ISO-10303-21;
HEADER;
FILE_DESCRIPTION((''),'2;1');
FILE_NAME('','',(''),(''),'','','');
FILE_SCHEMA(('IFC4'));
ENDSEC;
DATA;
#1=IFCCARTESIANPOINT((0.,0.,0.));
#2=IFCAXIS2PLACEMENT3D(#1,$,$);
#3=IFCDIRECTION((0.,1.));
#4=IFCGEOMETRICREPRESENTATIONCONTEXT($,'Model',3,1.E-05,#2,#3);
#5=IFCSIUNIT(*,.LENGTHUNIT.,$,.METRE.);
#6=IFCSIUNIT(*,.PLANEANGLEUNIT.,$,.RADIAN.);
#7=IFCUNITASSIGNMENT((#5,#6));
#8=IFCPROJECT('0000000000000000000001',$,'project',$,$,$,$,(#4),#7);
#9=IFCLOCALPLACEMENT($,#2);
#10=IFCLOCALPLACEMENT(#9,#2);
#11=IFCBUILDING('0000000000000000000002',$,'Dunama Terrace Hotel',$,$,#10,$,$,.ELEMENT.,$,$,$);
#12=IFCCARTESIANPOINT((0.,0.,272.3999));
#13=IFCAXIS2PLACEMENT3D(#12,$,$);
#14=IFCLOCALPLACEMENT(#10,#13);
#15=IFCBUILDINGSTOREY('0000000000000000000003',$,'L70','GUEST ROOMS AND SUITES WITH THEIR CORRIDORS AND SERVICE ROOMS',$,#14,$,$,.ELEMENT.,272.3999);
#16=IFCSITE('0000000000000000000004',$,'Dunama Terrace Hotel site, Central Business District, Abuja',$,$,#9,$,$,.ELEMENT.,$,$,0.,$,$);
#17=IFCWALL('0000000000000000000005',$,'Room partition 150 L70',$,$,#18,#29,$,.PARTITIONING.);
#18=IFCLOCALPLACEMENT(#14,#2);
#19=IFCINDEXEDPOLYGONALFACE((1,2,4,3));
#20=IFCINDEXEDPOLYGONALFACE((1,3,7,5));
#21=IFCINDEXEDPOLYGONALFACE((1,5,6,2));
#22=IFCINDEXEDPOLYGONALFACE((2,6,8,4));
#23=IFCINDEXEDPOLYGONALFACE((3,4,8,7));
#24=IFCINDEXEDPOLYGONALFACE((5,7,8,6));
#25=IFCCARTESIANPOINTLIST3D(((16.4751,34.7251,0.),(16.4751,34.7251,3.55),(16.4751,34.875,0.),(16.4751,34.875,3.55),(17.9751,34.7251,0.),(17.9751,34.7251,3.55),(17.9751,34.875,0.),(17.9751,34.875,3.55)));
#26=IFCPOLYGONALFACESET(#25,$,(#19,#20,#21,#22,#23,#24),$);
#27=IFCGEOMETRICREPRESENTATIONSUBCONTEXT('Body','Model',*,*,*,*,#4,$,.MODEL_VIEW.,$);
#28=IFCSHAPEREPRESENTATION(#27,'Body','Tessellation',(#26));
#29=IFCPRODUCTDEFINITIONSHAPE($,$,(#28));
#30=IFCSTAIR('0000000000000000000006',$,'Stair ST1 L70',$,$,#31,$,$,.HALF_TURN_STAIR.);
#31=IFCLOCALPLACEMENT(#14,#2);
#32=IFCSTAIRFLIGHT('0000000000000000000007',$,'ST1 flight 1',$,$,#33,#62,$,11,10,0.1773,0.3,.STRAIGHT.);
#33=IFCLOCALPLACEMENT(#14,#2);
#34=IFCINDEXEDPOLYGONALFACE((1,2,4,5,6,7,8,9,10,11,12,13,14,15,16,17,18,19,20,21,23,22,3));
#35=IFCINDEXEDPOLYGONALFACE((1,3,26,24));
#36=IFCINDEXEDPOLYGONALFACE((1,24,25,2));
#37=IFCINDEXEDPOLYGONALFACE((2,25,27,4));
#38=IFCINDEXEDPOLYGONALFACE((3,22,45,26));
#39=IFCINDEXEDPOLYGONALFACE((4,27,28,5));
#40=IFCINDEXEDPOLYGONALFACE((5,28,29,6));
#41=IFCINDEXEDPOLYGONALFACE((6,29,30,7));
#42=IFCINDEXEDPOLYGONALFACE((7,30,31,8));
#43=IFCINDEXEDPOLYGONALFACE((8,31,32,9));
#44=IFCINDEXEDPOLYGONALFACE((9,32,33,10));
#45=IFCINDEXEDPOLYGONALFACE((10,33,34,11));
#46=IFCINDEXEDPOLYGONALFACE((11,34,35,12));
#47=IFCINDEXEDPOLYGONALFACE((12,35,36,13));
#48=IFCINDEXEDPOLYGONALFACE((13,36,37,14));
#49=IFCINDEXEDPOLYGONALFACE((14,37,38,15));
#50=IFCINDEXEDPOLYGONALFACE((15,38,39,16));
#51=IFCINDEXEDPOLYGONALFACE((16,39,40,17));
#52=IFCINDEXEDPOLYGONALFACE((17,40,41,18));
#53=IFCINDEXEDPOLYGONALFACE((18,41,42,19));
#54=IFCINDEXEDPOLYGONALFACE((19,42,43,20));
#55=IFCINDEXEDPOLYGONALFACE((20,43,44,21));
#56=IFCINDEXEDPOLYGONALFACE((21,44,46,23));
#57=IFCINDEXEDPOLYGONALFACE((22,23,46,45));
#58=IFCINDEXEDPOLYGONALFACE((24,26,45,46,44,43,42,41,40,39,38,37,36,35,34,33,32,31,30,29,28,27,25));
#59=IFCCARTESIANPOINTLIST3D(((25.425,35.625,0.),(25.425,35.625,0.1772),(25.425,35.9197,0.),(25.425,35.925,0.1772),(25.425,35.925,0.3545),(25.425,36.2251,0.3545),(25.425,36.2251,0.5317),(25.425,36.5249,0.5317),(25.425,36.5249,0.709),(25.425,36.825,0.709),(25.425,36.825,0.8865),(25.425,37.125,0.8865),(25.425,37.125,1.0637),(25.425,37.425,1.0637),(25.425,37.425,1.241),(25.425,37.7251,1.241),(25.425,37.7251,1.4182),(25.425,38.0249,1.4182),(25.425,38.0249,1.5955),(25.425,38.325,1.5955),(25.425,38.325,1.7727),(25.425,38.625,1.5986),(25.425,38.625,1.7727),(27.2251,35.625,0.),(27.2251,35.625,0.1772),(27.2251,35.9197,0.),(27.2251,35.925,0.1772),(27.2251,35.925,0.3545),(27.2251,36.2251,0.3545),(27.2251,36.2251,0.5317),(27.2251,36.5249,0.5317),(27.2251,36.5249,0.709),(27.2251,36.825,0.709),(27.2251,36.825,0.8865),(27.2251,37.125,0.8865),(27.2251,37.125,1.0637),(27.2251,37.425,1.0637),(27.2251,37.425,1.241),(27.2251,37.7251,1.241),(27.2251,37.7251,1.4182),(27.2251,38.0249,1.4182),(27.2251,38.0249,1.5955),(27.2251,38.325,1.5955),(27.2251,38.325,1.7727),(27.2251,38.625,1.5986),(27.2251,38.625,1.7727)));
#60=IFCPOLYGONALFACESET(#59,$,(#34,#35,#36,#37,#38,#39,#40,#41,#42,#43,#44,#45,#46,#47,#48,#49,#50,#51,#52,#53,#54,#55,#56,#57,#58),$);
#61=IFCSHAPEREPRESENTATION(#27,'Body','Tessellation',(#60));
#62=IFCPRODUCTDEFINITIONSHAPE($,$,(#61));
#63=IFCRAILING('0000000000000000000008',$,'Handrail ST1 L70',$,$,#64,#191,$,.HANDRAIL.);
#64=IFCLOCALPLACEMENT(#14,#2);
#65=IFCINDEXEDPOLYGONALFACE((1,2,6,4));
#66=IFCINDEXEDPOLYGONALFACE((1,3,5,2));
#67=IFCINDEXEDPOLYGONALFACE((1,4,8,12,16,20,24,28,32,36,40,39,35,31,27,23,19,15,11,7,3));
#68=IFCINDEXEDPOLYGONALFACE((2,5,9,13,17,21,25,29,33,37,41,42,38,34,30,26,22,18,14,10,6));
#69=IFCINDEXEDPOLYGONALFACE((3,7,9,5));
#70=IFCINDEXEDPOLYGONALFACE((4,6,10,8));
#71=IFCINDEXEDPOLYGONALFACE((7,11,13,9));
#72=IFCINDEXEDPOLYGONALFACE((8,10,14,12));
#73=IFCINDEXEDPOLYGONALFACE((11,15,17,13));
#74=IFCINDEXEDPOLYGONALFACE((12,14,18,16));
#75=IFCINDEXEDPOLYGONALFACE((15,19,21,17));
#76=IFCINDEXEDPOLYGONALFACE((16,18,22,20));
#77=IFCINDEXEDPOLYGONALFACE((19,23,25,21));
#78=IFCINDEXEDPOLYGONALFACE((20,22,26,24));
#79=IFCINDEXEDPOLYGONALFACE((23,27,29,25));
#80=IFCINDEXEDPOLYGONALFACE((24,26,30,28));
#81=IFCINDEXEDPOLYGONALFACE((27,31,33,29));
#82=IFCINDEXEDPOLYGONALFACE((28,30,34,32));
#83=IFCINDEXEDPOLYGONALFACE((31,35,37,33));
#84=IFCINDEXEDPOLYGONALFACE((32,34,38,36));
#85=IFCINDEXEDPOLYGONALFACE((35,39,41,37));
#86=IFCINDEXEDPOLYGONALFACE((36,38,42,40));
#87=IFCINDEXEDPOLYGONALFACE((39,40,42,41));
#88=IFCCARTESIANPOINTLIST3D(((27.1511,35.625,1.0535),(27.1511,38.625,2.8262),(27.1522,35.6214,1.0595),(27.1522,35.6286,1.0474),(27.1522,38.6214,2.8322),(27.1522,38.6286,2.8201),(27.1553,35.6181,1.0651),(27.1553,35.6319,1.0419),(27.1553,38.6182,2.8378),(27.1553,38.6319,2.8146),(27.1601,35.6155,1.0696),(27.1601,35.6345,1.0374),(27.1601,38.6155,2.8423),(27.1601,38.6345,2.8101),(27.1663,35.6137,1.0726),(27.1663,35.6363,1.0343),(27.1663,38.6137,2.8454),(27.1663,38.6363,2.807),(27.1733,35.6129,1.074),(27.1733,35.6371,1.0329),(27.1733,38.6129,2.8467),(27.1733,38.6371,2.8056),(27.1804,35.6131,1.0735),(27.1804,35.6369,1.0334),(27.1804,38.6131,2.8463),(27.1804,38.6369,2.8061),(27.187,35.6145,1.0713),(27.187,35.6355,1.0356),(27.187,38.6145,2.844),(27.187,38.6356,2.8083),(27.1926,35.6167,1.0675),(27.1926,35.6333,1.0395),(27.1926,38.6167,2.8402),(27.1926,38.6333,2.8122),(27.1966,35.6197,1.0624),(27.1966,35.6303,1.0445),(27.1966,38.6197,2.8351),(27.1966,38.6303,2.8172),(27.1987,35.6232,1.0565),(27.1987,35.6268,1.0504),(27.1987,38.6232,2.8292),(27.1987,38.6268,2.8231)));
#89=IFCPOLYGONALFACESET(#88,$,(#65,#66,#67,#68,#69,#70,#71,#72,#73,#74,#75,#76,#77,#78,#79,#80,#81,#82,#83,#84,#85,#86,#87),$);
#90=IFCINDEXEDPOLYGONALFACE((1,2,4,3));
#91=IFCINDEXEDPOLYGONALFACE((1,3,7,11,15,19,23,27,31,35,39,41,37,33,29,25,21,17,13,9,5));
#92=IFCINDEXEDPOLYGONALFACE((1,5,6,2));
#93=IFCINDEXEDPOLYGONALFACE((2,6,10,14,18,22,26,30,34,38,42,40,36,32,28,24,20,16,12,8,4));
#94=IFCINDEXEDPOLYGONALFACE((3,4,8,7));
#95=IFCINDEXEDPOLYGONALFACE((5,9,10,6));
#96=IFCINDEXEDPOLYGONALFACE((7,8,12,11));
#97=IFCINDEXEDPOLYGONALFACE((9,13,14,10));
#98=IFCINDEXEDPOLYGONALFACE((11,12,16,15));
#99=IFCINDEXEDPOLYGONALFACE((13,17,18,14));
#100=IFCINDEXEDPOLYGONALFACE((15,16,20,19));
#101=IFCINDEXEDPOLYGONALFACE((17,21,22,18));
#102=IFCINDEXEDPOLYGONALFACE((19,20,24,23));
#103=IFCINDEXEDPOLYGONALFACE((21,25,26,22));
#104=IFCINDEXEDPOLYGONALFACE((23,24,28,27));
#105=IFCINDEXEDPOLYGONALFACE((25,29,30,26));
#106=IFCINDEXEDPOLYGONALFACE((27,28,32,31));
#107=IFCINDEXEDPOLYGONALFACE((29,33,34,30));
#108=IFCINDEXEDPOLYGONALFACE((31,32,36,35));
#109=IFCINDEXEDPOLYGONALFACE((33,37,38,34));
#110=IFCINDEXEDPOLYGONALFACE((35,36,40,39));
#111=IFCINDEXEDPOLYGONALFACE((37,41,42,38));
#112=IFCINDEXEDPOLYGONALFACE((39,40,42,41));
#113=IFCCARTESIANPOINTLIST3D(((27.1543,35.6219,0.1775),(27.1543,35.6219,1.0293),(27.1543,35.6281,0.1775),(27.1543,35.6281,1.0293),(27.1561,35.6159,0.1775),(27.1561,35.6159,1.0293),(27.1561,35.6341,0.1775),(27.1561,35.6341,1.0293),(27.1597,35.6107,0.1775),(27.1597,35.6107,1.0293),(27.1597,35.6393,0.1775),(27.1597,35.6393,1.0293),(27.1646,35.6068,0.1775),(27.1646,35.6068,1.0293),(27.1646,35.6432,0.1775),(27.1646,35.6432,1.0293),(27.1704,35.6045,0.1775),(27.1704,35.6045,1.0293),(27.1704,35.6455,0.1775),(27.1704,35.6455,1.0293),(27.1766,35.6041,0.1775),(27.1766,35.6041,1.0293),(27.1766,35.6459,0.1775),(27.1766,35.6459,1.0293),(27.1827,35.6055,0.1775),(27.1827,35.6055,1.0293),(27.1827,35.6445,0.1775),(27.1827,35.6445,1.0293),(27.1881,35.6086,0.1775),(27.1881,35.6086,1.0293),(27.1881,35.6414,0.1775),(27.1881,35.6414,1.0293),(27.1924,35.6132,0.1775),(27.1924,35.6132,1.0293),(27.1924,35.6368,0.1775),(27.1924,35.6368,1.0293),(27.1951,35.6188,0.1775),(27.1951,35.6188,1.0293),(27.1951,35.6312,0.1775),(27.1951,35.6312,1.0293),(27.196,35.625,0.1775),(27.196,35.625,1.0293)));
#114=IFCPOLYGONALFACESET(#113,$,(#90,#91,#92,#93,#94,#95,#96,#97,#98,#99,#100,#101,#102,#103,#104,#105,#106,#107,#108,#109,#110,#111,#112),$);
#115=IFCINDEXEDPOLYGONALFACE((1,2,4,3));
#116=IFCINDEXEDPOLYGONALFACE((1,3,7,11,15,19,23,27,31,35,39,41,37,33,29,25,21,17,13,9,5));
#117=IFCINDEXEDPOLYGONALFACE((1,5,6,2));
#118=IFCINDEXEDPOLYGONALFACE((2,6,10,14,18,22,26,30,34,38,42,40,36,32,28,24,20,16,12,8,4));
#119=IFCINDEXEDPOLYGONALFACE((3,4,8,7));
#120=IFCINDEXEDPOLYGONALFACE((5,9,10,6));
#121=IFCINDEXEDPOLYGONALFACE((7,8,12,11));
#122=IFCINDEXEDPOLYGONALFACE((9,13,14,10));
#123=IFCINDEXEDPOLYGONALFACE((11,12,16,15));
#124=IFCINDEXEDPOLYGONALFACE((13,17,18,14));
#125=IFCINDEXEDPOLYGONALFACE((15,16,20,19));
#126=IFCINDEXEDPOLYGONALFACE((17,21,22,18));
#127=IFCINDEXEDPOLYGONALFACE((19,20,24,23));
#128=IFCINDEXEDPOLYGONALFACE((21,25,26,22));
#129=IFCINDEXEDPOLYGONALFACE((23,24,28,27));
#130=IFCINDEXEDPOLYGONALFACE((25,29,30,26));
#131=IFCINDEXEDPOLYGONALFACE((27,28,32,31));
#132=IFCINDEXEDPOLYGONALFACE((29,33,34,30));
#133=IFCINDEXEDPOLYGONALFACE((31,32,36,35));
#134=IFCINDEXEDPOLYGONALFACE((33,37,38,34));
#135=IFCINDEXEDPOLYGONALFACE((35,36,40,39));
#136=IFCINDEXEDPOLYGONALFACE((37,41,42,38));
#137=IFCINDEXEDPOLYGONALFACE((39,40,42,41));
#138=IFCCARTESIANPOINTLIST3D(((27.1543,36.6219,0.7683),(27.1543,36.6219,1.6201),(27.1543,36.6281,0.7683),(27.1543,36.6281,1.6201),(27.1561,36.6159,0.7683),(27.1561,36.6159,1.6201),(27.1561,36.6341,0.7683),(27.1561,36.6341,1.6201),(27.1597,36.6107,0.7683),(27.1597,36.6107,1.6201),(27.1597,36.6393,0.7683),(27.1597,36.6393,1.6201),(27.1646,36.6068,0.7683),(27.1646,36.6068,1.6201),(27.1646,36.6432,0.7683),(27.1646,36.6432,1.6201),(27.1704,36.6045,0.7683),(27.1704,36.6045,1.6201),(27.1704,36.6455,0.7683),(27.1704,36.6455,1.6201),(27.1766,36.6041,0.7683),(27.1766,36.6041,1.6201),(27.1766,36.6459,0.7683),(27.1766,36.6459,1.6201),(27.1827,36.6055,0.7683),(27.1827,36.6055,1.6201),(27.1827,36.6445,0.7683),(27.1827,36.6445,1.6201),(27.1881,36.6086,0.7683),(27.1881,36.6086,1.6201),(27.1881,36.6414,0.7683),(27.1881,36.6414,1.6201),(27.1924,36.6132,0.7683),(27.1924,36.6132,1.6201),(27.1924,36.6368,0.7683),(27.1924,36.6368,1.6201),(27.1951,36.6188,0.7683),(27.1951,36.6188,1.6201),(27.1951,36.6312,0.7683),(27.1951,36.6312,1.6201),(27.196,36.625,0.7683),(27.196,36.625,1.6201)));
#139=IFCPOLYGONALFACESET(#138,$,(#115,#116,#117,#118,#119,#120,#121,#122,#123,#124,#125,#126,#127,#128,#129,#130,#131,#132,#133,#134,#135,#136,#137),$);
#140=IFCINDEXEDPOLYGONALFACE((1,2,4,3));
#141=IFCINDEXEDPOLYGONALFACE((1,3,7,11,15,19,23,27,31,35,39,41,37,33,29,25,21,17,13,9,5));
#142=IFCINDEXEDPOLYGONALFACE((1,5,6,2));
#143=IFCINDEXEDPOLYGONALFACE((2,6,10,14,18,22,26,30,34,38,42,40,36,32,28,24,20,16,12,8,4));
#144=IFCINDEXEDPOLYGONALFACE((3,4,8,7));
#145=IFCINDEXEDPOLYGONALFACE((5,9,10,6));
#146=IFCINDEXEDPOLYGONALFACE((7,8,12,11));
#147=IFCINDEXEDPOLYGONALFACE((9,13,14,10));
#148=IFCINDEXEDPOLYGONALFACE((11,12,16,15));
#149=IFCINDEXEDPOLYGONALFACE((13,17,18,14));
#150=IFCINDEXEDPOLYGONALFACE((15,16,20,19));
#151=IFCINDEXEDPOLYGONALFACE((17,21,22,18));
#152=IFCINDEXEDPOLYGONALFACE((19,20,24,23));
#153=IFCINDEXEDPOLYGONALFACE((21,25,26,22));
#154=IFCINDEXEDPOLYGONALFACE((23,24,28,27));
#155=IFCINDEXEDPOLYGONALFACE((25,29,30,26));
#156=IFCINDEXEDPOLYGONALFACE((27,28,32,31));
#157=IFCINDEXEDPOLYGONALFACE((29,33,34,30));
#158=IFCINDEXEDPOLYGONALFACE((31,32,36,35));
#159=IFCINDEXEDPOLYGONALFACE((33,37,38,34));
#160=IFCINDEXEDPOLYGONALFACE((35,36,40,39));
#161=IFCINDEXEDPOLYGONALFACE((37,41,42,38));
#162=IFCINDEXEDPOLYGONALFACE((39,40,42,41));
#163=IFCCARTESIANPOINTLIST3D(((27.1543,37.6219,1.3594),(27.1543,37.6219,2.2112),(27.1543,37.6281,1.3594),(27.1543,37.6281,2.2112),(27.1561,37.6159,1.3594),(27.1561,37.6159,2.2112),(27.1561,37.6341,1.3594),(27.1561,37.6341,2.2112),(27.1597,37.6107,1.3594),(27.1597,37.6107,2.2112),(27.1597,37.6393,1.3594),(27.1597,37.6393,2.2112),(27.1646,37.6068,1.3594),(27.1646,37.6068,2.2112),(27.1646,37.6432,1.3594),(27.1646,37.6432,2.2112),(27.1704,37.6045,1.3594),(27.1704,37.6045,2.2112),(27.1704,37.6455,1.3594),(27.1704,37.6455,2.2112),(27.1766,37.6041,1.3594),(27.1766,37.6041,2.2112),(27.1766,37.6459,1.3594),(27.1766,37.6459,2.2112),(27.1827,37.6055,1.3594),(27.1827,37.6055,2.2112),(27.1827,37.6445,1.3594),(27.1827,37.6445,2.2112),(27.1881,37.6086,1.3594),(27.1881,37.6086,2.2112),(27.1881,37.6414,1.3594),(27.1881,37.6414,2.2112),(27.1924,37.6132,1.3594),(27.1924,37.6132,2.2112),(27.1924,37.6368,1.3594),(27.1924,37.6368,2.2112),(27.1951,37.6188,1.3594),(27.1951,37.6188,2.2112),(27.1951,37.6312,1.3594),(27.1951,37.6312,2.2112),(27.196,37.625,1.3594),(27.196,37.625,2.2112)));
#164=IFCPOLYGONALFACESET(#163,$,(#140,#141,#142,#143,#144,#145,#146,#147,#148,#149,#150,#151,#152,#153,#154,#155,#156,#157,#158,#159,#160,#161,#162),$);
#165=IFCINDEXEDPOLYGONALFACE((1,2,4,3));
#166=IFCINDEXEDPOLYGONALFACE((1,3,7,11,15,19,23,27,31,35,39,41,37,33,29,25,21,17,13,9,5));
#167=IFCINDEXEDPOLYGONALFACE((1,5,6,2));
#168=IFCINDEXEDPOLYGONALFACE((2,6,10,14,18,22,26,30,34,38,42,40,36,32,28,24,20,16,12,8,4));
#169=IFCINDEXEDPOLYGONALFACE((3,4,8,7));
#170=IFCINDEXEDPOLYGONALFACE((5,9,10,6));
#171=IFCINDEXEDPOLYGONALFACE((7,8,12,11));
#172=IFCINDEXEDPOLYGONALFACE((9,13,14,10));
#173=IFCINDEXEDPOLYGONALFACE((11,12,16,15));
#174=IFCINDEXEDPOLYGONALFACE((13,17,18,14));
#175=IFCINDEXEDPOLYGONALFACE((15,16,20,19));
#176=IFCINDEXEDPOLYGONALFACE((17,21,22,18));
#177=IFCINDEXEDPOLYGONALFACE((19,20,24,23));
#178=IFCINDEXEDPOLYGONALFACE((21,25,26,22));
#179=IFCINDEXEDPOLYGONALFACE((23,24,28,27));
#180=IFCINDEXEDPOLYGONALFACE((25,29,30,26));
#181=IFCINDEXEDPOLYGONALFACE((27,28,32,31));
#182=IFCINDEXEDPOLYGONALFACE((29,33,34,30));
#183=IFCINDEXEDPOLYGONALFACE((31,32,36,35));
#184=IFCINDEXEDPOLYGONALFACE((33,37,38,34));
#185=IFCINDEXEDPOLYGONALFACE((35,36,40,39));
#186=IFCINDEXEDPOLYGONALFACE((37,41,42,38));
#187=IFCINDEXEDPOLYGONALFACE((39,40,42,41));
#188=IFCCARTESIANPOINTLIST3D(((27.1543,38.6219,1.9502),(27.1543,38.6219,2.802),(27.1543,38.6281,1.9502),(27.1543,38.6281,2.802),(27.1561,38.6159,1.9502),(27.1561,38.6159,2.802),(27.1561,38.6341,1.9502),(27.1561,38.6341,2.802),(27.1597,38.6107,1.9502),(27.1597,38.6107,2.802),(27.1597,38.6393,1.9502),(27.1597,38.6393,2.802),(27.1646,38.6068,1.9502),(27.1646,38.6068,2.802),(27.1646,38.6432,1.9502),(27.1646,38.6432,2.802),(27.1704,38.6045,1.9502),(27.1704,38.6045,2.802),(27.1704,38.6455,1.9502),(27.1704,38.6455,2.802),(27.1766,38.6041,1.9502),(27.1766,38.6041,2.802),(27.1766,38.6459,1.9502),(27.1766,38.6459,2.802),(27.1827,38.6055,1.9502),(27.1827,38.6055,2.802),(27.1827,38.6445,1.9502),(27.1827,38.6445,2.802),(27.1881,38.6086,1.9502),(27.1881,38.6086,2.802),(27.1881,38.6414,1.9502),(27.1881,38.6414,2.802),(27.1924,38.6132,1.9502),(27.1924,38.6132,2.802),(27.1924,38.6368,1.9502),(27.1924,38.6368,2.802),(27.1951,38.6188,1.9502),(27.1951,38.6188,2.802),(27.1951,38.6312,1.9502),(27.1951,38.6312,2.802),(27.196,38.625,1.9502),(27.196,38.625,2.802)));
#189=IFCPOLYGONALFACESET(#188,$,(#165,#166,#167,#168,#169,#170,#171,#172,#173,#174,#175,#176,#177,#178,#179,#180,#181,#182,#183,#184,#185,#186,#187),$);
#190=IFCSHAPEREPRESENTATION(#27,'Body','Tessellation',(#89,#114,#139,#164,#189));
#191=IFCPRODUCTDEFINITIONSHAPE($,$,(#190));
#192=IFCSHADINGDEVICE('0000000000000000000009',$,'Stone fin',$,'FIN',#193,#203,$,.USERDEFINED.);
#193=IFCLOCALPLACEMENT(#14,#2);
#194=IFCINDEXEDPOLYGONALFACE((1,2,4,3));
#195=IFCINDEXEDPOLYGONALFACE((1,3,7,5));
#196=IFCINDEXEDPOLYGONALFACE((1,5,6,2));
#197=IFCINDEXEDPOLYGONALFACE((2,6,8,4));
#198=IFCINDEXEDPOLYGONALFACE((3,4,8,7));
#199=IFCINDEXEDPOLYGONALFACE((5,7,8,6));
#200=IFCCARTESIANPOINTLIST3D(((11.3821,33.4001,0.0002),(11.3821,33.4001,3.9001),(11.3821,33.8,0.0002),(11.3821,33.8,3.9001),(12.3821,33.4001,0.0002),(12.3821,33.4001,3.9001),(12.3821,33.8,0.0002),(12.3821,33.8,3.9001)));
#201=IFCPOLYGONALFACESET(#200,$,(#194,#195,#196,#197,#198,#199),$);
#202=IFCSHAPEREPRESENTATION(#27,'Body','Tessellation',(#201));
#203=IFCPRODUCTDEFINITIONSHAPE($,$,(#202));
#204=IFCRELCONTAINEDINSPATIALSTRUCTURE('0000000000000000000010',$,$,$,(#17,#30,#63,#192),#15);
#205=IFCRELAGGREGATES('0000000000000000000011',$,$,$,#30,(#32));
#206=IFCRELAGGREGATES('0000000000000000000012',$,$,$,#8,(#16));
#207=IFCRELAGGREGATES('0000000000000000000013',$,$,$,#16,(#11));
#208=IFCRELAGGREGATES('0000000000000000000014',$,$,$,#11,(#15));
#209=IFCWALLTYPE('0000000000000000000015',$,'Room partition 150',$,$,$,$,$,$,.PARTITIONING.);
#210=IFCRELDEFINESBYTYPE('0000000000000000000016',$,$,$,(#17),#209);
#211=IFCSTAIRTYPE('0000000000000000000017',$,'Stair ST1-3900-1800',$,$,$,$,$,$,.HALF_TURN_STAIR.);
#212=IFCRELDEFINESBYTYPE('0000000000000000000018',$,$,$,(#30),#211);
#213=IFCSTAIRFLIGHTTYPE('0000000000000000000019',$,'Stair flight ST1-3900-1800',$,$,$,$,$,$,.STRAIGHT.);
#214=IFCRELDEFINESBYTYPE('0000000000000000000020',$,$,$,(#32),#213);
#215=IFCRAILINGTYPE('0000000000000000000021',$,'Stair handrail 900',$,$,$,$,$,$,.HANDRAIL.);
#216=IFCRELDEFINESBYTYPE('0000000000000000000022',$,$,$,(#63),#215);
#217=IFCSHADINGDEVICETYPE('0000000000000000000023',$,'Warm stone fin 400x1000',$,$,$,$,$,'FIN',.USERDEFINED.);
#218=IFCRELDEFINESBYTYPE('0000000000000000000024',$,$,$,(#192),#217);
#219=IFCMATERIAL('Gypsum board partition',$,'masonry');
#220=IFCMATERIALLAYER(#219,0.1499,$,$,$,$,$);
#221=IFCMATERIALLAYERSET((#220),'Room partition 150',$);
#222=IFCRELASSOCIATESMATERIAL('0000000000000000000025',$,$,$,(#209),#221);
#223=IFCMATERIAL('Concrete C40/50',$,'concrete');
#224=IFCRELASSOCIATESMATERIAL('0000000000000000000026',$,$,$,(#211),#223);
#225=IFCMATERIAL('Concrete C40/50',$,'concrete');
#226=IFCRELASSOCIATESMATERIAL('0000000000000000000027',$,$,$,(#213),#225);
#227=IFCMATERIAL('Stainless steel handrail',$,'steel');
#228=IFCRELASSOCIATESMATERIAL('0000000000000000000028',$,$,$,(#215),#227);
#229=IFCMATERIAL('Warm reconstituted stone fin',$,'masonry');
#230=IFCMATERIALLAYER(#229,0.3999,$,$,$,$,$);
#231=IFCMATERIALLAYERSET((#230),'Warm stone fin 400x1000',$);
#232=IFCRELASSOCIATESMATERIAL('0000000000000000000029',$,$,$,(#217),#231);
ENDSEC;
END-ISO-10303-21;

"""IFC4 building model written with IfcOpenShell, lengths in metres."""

from ifc_helpers import new_model, si_unit, direction, frame, frame_2d, origin, origin_2d, place, context, subcontext, project, spatial, polyline, rectangle, circle, outline, extrude, material, layer, layer_set, type_object, element, aggregate, save


model = new_model("IFC4")

# Units and contexts
model_context = context("Model", 3, precision=1e-05, world=origin(), true_north=direction((0.0, 1.0)))
body_context = subcontext(model_context, "Body", "Model", "MODEL_VIEW")
ifc_project = project(units=[si_unit("LENGTHUNIT", "METRE"), si_unit("PLANEANGLEUNIT", "RADIAN")], contexts=[model_context])

# Site, building, storey
site_placement = place(None, origin())
site = spatial("IfcSite", under=ifc_project, at=site_placement, Name="Dunama Terrace Hotel site, Central Business District, Abuja", CompositionType="ELEMENT", RefElevation=0.0)
building_placement = place(site_placement, origin())
building = spatial("IfcBuilding", under=site, at=building_placement, Name="Dunama Terrace Hotel", CompositionType="ELEMENT")
storey_placement = place(building_placement, frame((0.0, 0.0, 272.3999)))
storey = spatial("IfcBuildingStorey", under=building, at=storey_placement, Name="L70", Description="GUEST ROOMS AND SUITES WITH THEIR CORRIDORS AND SERVICE ROOMS", CompositionType="ELEMENT", Elevation=272.3999)

# Shared definitions
ifc_material_1 = material(Name="Gypsum board partition", Category="masonry")
ifc_layer_1 = layer(ifc_material_1, 0.1499)
ifc_layer_set_1 = layer_set([ifc_layer_1], Name="Room partition 150")
wall_type_1 = type_object("IfcWallType", Name="Room partition 150", PredefinedType="PARTITIONING", material=ifc_layer_set_1)

# Wall
wall_1_placement = place(storey_placement, frame((16.4751, 34.8, 0.0), z_axis=(0.0, 0.0, 1.0), x_axis=(1.0, 0.0, 0.0)))
element("IfcWall", 1, at=wall_1_placement, inside=storey, type_object=wall_type_1, Name="Room partition 150 L70", PredefinedType="PARTITIONING", context=body_context, shape_type="SweptSolid", body=[
    extrude(rectangle(XDim=1.5, YDim=0.1499, at=frame_2d((0.75, 0.0))), origin(), (0.0, 0.0, 1.0), 3.55),
])

# Stair, stair flight
ifc_material_2 = material(Name="Concrete C40/50", Category="concrete")
stair_type = type_object("IfcStairType", Name="Stair ST1-3900-1800", PredefinedType="HALF_TURN_STAIR", material=ifc_material_2)
stair_placement = place(storey_placement, origin())
stair = element("IfcStair", 2, at=stair_placement, inside=storey, type_object=stair_type, Name="Stair ST1 L70", PredefinedType="HALF_TURN_STAIR")
ifc_material_3 = material(Name="Concrete C40/50", Category="concrete")
stair_flight_type = type_object("IfcStairFlightType", Name="Stair flight ST1-3900-1800", PredefinedType="STRAIGHT", material=ifc_material_3)
stair_flight_placement = place(storey_placement, frame((26.325, 35.625, 0.0), z_axis=(0.0, 0.0, 1.0), x_axis=(0.0, 1.0, 0.0)))
stair_flight = element("IfcStairFlight", 3, at=stair_flight_placement, type_object=stair_flight_type, Name="ST1 flight 1", NumberOfRisers=11, NumberOfTreads=10, PredefinedType="STRAIGHT", RiserHeight=0.1773, TreadLength=0.3, context=body_context, shape_type="SweptSolid", body=[
    extrude(outline(polyline([(0.0, 0.0), (0.0, 0.1772), (0.3, 0.1772), (0.3, 0.3545), (0.6001, 0.3545), (0.6001, 0.5317), (0.8999, 0.5317), (0.8999, 0.709), (1.2, 0.709), (1.2, 0.8865), (1.5, 0.8865), (1.5, 1.0637), (1.8, 1.0637), (1.8, 1.241), (2.1001, 1.241), (2.1001, 1.4182), (2.3999, 1.4182), (2.3999, 1.5955), (2.7, 1.5955), (2.7, 1.7727), (3.0, 1.7727), (3.0, 1.95), (3.0, 1.5986), (0.2947, 0.0), (0.0, 0.0)])), frame((0.0, 0.8999, 0.0), z_axis=(0.0, -1.0, 0.0), x_axis=(1.0, 0.0, 0.0)), (0.0, 0.0, 1.0), 1.8),
])
aggregate(stair, [stair_flight])

# Railing
ifc_material_4 = material(Name="Stainless steel handrail", Category="steel")
railing_type = type_object("IfcRailingType", Name="Stair handrail 900", PredefinedType="HANDRAIL", material=ifc_material_4)
railing_placement = place(storey_placement, frame((27.175, 35.625, 0.1775)))
element("IfcRailing", 4, at=railing_placement, inside=storey, type_object=railing_type, Name="Handrail ST1 L70", PredefinedType="HANDRAIL", context=body_context, shape_type="SweptSolid", body=[
    extrude(circle(Radius=0.0239, at=origin_2d()), frame((0.0, 0.0, 0.876), z_axis=(0.0, 0.860929, 0.508725), x_axis=(-1.0, 0.0, 0.0)), (0.0, 0.0, 1.0), 3.4846),
    extrude(circle(Radius=0.021, at=origin_2d()), origin(), (0.0, 0.0, 1.0), 0.8518),
    extrude(circle(Radius=0.021, at=origin_2d()), frame((0.0, 1.0, 0.5908)), (0.0, 0.0, 1.0), 0.8518),
    extrude(circle(Radius=0.021, at=origin_2d()), frame((0.0, 2.0, 1.1819)), (0.0, 0.0, 1.0), 0.8518),
    extrude(circle(Radius=0.021, at=origin_2d()), frame((0.0, 3.0, 1.7727)), (0.0, 0.0, 1.0), 0.8518),
])

# Shading device
ifc_material_5 = material(Name="Warm reconstituted stone fin", Category="masonry")
ifc_layer_2 = layer(ifc_material_5, 0.3999)
ifc_layer_set_2 = layer_set([ifc_layer_2], Name="Warm stone fin 400x1000")
shading_device_type = type_object("IfcShadingDeviceType", Name="Warm stone fin 400x1000", ElementType="FIN", PredefinedType="USERDEFINED", material=ifc_layer_set_2)
shading_device_placement = place(storey_placement, frame((11.8821, 33.6001, 0.0002), z_axis=(0.0, 0.0, 1.0), x_axis=(0.0, -1.0, 0.0)))
element("IfcShadingDevice", 5, at=shading_device_placement, inside=storey, type_object=shading_device_type, Name="Stone fin", ObjectType="FIN", PredefinedType="USERDEFINED", context=body_context, shape_type="SweptSolid", body=[
    extrude(rectangle(XDim=0.3999, YDim=1.0, at=origin_2d()), origin(), (0.0, 0.0, 1.0), 3.8999),
])

save(model, "model.ifc")
